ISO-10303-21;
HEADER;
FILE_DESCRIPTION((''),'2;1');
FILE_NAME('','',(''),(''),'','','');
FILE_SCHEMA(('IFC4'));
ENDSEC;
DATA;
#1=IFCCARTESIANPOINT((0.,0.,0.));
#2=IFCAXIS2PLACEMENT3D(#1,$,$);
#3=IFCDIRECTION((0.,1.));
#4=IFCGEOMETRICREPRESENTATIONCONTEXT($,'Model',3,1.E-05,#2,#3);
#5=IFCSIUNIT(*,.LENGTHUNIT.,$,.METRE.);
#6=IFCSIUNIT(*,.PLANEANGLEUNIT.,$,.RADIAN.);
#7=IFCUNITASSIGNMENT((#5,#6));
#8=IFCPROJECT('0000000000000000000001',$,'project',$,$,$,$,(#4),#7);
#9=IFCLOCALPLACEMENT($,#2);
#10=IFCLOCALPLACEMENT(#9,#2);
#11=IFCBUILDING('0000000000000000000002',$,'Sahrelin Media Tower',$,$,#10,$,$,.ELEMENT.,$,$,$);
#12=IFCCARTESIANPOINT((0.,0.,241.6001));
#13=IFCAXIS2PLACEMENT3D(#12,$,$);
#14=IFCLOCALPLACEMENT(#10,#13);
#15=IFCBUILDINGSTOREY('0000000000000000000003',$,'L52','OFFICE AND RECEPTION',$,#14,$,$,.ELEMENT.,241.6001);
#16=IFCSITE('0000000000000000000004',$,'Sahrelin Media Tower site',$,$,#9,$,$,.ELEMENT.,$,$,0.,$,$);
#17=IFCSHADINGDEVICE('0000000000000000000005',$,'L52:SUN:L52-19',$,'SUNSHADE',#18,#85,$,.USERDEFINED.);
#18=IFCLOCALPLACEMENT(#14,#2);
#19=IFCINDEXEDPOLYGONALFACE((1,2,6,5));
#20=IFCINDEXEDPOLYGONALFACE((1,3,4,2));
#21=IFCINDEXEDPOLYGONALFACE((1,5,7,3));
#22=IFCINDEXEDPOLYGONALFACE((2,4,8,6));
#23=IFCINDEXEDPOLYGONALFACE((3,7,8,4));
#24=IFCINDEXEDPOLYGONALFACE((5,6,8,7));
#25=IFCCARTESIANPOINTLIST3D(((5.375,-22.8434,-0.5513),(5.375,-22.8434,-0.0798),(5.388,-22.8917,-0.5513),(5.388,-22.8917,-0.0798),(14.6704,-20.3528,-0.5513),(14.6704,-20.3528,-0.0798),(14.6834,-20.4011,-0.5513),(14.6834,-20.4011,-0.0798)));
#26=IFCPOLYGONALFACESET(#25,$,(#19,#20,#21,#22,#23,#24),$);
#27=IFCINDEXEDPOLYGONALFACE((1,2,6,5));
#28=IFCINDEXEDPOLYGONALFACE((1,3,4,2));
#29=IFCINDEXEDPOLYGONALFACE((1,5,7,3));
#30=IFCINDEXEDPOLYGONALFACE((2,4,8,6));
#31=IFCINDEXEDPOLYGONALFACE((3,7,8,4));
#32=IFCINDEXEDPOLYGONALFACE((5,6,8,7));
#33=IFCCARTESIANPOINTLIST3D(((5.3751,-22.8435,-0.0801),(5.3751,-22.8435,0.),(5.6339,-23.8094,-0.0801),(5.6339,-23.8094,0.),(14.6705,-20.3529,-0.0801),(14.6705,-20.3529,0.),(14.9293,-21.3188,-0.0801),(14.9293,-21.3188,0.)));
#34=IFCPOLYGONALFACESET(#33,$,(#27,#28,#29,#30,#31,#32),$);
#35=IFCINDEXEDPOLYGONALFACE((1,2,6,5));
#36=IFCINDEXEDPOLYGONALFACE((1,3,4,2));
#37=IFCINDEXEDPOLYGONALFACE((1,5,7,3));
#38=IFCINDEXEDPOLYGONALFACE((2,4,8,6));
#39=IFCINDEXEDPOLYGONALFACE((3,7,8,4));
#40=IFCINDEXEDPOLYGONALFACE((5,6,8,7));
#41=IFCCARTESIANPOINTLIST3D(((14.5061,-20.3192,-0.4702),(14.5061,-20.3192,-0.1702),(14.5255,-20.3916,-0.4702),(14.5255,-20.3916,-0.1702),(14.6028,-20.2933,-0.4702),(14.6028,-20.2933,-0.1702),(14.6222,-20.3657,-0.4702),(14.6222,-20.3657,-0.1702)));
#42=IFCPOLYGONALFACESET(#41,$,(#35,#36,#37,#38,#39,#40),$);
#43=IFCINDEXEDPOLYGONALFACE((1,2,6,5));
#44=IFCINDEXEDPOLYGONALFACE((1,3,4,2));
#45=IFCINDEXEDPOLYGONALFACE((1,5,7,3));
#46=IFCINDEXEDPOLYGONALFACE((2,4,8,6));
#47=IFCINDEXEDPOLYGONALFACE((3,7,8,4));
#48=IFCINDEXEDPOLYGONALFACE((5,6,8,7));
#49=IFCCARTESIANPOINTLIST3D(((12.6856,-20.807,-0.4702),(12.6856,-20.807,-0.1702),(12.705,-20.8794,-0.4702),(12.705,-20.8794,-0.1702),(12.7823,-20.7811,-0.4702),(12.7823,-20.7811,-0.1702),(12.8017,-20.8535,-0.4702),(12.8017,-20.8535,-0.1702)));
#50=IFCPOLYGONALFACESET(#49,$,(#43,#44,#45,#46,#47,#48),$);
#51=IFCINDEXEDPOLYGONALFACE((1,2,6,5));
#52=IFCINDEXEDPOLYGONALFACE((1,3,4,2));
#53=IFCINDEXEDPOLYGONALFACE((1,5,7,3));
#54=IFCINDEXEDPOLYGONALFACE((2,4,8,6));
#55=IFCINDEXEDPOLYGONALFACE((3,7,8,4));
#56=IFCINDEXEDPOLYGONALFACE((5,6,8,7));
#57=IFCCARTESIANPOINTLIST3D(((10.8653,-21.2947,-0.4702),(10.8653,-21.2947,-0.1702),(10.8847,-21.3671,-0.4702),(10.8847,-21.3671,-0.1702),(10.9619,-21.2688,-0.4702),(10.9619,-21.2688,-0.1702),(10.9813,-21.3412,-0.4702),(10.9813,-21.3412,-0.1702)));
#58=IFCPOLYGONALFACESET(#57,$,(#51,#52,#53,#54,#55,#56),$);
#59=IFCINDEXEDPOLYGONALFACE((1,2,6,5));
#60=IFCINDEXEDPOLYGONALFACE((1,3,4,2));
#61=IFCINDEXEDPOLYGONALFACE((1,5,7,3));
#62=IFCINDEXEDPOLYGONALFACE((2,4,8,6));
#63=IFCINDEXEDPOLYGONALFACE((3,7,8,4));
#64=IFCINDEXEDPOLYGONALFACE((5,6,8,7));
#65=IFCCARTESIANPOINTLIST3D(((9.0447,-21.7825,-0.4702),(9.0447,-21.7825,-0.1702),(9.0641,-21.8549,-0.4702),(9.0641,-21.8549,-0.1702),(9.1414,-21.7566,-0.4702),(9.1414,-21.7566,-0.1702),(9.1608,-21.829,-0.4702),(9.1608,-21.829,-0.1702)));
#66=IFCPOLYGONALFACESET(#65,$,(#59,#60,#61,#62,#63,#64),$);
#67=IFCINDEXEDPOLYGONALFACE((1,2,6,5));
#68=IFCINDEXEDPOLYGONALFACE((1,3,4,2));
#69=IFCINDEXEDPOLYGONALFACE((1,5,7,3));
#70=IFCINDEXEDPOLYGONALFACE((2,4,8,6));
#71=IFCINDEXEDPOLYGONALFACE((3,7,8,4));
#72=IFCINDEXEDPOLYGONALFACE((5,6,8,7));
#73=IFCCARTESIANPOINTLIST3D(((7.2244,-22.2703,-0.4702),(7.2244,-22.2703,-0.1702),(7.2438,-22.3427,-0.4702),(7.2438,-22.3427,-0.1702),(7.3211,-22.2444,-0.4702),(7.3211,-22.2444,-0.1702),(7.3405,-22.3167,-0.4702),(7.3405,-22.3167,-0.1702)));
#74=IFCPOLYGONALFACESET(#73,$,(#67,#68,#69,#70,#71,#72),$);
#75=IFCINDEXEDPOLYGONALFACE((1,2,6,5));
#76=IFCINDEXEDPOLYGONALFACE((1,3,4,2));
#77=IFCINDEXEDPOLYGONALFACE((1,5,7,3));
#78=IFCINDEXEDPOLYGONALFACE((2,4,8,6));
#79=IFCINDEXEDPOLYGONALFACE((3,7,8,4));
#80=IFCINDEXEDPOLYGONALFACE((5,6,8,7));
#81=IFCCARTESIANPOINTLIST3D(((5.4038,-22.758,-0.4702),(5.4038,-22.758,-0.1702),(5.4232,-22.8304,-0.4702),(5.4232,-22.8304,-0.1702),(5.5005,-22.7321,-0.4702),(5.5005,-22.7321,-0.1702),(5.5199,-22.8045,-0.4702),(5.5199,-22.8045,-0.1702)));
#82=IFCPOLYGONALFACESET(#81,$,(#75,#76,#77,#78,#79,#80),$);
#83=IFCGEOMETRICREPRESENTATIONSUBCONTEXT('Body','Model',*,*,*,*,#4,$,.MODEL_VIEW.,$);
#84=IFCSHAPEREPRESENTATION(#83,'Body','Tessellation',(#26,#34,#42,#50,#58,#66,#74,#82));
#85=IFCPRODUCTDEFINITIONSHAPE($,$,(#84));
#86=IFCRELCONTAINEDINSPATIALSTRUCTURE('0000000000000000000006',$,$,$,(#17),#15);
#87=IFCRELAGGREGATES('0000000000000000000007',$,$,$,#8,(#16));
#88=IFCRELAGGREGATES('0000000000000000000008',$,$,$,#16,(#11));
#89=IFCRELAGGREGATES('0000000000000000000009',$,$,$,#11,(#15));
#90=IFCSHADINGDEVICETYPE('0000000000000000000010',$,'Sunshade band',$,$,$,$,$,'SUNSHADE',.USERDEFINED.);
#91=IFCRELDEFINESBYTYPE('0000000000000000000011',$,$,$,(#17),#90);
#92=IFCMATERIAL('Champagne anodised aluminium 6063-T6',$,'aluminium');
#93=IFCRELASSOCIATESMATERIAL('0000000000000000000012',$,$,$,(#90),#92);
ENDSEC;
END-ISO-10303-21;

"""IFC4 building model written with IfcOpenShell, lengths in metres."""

from ifc_helpers import new_model, si_unit, direction, frame, origin, origin_2d, place, context, subcontext, project, spatial, rectangle, extrude, material, type_object, element, save


model = new_model("IFC4")

# Units and contexts
model_context = context("Model", 3, precision=1e-05, world=origin(), true_north=direction((0.0, 1.0)))
body_context = subcontext(model_context, "Body", "Model", "MODEL_VIEW")
ifc_project = project(units=[si_unit("LENGTHUNIT", "METRE"), si_unit("PLANEANGLEUNIT", "RADIAN")], contexts=[model_context])

# Site, building, storey
site_placement = place(None, origin())
site = spatial("IfcSite", under=ifc_project, at=site_placement, Name="Sahrelin Media Tower site", CompositionType="ELEMENT", RefElevation=0.0)
building_placement = place(site_placement, origin())
building = spatial("IfcBuilding", under=site, at=building_placement, Name="Sahrelin Media Tower", CompositionType="ELEMENT")
storey_placement = place(building_placement, frame((0.0, 0.0, 241.6001)))
storey = spatial("IfcBuildingStorey", under=building, at=storey_placement, Name="L52", Description="OFFICE AND RECEPTION", CompositionType="ELEMENT", Elevation=241.6001)

# Shared definitions
ifc_material_1 = material(Name="Champagne anodised aluminium 6063-T6", Category="aluminium")

# Shading device
placement_1 = place(storey_placement, frame((10.0176, -21.5789, 0.0), z_axis=(0.0, 0.0, 1.0), x_axis=(-0.965929, -0.258808, 0.0)))
shading_device_type_1 = type_object("IfcShadingDeviceType", Name="Sunshade band", ElementType="SUNSHADE", PredefinedType="USERDEFINED", material=ifc_material_1)
element("IfcShadingDevice", 1, at=placement_1, inside=storey, type_object=shading_device_type_1, Name="L52:SUN:L52-19", ObjectType="SUNSHADE", PredefinedType="USERDEFINED", context=body_context, shape_type="SweptSolid", body=[
    extrude(rectangle(XDim=9.6233, YDim=0.05, at=origin_2d()), frame((0.0, 0.0449, -0.5513)), (0.0, 0.0, 1.0), 0.4714),
    extrude(rectangle(XDim=9.6233, YDim=1.0, at=origin_2d()), frame((0.0, 0.52, -0.0801)), (0.0, 0.0, 1.0), 0.0801),
    extrude(rectangle(XDim=0.1001, YDim=0.075, at=origin_2d()), frame((-4.7117, -0.0176, -0.4702)), (0.0, 0.0, 1.0), 0.3),
    extrude(rectangle(XDim=0.1001, YDim=0.075, at=origin_2d()), frame((-2.8269, -0.0176, -0.4702)), (0.0, 0.0, 1.0), 0.3),
    extrude(rectangle(XDim=0.1001, YDim=0.075, at=origin_2d()), frame((-0.9424, -0.0176, -0.4702)), (0.0, 0.0, 1.0), 0.3),
    extrude(rectangle(XDim=0.1001, YDim=0.075, at=origin_2d()), frame((0.9424, -0.0176, -0.4702)), (0.0, 0.0, 1.0), 0.3),
    extrude(rectangle(XDim=0.1001, YDim=0.075, at=origin_2d()), frame((2.8269, -0.0176, -0.4702)), (0.0, 0.0, 1.0), 0.3),
    extrude(rectangle(XDim=0.1001, YDim=0.075, at=origin_2d()), frame((4.7117, -0.0176, -0.4702)), (0.0, 0.0, 1.0), 0.3),
])

save(model, "model.ifc")
